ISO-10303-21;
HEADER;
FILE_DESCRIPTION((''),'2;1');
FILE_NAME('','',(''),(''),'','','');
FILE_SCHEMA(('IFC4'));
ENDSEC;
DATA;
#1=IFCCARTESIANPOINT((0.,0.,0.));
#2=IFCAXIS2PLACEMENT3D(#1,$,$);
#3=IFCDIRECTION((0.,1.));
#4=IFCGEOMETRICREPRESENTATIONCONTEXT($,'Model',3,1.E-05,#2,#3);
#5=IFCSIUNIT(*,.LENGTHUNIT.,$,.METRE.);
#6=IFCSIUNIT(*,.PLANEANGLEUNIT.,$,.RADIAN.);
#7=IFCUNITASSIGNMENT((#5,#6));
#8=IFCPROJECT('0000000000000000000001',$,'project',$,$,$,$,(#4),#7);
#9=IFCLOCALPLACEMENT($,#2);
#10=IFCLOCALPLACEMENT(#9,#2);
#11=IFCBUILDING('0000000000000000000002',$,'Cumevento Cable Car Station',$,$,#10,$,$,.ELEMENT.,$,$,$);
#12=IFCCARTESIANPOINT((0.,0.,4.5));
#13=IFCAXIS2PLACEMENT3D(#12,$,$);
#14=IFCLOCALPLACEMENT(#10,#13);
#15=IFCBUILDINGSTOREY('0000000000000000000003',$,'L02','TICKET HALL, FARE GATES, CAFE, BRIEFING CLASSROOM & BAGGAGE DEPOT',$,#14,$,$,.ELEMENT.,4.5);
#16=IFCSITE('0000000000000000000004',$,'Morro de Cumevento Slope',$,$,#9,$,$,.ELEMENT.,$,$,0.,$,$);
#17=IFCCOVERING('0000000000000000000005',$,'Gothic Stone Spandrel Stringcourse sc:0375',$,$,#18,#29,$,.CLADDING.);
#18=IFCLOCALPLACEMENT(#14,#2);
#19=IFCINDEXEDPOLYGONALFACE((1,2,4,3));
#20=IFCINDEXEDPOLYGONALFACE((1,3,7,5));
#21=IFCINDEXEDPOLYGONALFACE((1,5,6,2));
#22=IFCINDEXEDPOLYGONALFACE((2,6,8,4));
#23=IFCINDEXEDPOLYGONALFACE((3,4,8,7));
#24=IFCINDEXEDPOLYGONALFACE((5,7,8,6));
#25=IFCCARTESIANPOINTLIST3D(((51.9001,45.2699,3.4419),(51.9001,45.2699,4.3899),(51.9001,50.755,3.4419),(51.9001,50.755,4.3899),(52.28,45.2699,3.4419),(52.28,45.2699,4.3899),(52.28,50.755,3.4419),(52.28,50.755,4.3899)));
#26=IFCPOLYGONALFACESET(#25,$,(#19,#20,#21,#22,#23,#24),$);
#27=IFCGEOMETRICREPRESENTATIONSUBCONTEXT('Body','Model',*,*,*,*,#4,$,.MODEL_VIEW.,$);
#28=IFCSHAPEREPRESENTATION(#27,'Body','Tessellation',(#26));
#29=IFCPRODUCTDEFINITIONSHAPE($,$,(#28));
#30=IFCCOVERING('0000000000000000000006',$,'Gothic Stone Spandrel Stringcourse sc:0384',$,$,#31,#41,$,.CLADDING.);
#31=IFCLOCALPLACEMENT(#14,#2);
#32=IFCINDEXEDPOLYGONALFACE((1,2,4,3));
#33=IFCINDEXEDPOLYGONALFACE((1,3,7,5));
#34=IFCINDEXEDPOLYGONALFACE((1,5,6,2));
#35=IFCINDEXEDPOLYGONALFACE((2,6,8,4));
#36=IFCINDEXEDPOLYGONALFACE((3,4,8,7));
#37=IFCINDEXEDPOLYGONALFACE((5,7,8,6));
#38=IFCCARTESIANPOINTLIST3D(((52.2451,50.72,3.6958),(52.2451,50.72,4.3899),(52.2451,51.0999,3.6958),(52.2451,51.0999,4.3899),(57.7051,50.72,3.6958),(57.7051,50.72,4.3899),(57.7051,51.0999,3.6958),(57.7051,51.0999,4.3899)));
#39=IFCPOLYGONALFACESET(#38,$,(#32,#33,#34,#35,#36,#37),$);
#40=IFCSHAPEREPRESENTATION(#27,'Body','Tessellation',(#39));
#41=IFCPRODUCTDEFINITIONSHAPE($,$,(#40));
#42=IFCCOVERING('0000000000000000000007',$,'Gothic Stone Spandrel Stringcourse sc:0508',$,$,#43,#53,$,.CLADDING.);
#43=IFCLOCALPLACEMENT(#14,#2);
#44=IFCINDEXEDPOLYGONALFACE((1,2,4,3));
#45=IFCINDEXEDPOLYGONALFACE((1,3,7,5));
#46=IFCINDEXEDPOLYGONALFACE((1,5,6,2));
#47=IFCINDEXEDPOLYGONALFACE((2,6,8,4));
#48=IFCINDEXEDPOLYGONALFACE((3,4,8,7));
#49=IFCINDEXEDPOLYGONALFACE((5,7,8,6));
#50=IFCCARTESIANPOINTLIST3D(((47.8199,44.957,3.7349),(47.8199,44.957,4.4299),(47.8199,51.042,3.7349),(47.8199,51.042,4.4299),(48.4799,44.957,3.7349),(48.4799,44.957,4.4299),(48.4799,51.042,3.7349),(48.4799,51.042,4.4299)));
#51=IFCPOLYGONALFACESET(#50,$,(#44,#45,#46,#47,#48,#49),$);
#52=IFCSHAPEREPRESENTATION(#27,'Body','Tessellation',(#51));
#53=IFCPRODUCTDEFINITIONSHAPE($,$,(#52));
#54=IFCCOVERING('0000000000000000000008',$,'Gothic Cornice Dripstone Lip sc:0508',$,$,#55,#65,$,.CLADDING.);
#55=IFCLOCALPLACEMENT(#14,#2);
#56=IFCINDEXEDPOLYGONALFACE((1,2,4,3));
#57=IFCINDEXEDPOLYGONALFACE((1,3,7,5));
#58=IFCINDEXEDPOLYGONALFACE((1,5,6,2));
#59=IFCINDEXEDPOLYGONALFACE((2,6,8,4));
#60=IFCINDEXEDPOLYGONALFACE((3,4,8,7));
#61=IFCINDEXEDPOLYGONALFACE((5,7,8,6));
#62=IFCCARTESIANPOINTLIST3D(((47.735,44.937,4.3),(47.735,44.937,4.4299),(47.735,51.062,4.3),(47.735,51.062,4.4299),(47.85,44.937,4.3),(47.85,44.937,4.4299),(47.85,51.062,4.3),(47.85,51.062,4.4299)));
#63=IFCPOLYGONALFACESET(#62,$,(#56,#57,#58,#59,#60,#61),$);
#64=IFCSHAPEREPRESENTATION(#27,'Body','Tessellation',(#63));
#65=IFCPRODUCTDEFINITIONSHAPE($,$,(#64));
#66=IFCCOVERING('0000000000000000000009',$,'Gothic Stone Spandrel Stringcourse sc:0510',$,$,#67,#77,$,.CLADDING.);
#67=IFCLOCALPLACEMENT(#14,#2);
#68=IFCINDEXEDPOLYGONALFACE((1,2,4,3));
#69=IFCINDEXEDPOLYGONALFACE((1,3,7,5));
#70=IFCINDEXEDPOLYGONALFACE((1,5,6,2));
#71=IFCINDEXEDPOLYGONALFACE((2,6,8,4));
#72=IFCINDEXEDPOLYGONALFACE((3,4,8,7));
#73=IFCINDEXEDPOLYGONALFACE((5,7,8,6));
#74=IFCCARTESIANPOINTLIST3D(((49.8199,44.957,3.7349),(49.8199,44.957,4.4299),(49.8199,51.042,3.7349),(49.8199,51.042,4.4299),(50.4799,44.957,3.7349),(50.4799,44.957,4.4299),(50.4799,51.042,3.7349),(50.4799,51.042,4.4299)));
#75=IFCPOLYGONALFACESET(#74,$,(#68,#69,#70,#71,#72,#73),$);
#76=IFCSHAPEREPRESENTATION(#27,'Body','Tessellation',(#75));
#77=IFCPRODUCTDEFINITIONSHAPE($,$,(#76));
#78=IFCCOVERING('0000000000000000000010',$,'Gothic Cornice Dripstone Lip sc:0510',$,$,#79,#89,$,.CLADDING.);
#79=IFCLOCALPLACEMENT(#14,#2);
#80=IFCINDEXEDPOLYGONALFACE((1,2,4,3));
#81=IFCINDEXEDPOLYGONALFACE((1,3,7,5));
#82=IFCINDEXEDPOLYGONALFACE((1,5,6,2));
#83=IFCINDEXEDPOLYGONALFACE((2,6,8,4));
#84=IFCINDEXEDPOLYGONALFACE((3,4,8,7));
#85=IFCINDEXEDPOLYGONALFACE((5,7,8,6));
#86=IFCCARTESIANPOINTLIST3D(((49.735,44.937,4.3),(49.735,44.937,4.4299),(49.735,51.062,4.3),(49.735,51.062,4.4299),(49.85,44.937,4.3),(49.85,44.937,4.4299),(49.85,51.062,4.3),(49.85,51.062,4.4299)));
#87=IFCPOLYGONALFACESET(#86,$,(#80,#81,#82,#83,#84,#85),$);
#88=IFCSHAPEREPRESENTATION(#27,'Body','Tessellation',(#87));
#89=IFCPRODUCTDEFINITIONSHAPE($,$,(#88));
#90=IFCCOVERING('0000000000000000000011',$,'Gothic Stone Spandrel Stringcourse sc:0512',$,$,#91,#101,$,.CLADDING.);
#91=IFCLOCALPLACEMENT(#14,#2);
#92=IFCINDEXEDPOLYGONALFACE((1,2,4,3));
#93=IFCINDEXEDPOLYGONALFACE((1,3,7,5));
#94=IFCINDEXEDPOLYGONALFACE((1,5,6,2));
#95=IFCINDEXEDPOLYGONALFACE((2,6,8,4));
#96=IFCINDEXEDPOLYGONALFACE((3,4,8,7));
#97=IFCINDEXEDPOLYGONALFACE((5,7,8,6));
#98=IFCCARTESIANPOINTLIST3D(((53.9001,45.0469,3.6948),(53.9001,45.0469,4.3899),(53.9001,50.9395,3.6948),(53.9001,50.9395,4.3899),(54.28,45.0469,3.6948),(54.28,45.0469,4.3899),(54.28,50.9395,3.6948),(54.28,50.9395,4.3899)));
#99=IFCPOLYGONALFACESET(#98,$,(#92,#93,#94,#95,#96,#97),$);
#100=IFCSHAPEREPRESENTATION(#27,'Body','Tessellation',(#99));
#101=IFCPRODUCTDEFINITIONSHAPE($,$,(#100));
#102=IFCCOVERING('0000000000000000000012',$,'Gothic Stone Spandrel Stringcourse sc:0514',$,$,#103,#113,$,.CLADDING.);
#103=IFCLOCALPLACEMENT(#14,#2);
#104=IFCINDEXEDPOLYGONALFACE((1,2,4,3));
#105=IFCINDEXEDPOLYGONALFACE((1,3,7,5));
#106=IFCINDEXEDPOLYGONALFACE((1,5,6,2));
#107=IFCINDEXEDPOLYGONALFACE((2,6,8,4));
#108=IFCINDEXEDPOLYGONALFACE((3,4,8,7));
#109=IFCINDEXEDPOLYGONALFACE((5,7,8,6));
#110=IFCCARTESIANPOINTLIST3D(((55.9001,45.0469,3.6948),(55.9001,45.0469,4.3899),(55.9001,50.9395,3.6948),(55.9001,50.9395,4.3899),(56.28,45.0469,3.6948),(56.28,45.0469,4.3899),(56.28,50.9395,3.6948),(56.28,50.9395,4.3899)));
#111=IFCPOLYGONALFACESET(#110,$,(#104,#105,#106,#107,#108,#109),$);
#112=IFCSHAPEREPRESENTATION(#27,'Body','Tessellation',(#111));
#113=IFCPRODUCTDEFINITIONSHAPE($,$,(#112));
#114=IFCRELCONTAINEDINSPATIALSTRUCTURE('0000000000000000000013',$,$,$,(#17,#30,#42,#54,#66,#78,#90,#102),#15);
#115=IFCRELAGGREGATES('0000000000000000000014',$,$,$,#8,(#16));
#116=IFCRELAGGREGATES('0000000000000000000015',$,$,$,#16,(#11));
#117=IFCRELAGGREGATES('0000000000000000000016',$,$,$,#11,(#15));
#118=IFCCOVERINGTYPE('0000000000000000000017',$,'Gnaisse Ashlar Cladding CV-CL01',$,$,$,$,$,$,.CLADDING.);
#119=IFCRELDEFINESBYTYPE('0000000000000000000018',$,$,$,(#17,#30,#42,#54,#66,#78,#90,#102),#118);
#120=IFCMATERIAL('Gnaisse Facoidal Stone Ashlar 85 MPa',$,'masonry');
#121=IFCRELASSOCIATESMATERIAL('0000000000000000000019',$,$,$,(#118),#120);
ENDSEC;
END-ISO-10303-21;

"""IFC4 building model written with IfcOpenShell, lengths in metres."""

from ifc_helpers import new_model, si_unit, direction, frame, origin, origin_2d, place, context, subcontext, project, spatial, rectangle, extrude, material, type_object, element, save


model = new_model("IFC4")

# Units and contexts
model_context = context("Model", 3, precision=1e-05, world=origin(), true_north=direction((0.0, 1.0)))
body_context = subcontext(model_context, "Body", "Model", "MODEL_VIEW")
ifc_project = project(units=[si_unit("LENGTHUNIT", "METRE"), si_unit("PLANEANGLEUNIT", "RADIAN")], contexts=[model_context])

# Site, building, storey
site_placement = place(None, origin())
site = spatial("IfcSite", under=ifc_project, at=site_placement, Name="Morro de Cumevento Slope", CompositionType="ELEMENT", RefElevation=0.0)
building_placement = place(site_placement, origin())
building = spatial("IfcBuilding", under=site, at=building_placement, Name="Cumevento Cable Car Station", CompositionType="ELEMENT")
storey_placement = place(building_placement, frame((0.0, 0.0, 4.5)))
storey = spatial("IfcBuildingStorey", under=building, at=storey_placement, Name="L02", Description="TICKET HALL, FARE GATES, CAFE, BRIEFING CLASSROOM & BAGGAGE DEPOT", CompositionType="ELEMENT", Elevation=4.5)

# Coverings
ifc_material_1 = material(Name="Gnaisse Facoidal Stone Ashlar 85 MPa", Category="masonry")
covering_type = type_object("IfcCoveringType", Name="Gnaisse Ashlar Cladding CV-CL01", PredefinedType="CLADDING", material=ifc_material_1)
covering_1_placement = place(storey_placement, frame((52.0901, 48.0125, 3.4419), z_axis=(0.0, 0.0, 1.0), x_axis=(0.0, 1.0, 0.0)))
element("IfcCovering", 1, at=covering_1_placement, inside=storey, type_object=covering_type, Name="Gothic Stone Spandrel Stringcourse sc:0375", PredefinedType="CLADDING", context=body_context, shape_type="SweptSolid", body=[
    extrude(rectangle(XDim=5.4851, YDim=0.3799, at=origin_2d()), origin(), (0.0, 0.0, 1.0), 0.948),
])
covering_2_placement = place(storey_placement, frame((54.9751, 50.9099, 3.6958), z_axis=(0.0, 0.0, 1.0), x_axis=(1.0, 0.0, 0.0)))
element("IfcCovering", 2, at=covering_2_placement, inside=storey, type_object=covering_type, Name="Gothic Stone Spandrel Stringcourse sc:0384", PredefinedType="CLADDING", context=body_context, shape_type="SweptSolid", body=[
    extrude(rectangle(XDim=5.46, YDim=0.3799, at=origin_2d()), origin(), (0.0, 0.0, 1.0), 0.6941),
])
covering_3_placement = place(storey_placement, frame((48.1499, 47.9995, 3.7349), z_axis=(0.0, 0.0, 1.0), x_axis=(0.0, 1.0, 0.0)))
element("IfcCovering", 3, at=covering_3_placement, inside=storey, type_object=covering_type, Name="Gothic Stone Spandrel Stringcourse sc:0508", PredefinedType="CLADDING", context=body_context, shape_type="SweptSolid", body=[
    extrude(rectangle(XDim=6.085, YDim=0.6599, at=origin_2d()), origin(), (0.0, 0.0, 1.0), 0.6951),
])
covering_4_placement = place(storey_placement, frame((47.7925, 47.9995, 4.3), z_axis=(0.0, 0.0, 1.0), x_axis=(0.0, 1.0, 0.0)))
element("IfcCovering", 4, at=covering_4_placement, inside=storey, type_object=covering_type, Name="Gothic Cornice Dripstone Lip sc:0508", PredefinedType="CLADDING", context=body_context, shape_type="SweptSolid", body=[
    extrude(rectangle(XDim=6.125, YDim=0.115, at=origin_2d()), origin(), (0.0, 0.0, 1.0), 0.1299),
])
covering_5_placement = place(storey_placement, frame((50.1499, 47.9995, 3.7349), z_axis=(0.0, 0.0, 1.0), x_axis=(0.0, 1.0, 0.0)))
element("IfcCovering", 5, at=covering_5_placement, inside=storey, type_object=covering_type, Name="Gothic Stone Spandrel Stringcourse sc:0510", PredefinedType="CLADDING", context=body_context, shape_type="SweptSolid", body=[
    extrude(rectangle(XDim=6.085, YDim=0.6599, at=origin_2d()), origin(), (0.0, 0.0, 1.0), 0.6951),
])
covering_6_placement = place(storey_placement, frame((49.7925, 47.9995, 4.3), z_axis=(0.0, 0.0, 1.0), x_axis=(0.0, 1.0, 0.0)))
element("IfcCovering", 6, at=covering_6_placement, inside=storey, type_object=covering_type, Name="Gothic Cornice Dripstone Lip sc:0510", PredefinedType="CLADDING", context=body_context, shape_type="SweptSolid", body=[
    extrude(rectangle(XDim=6.125, YDim=0.115, at=origin_2d()), origin(), (0.0, 0.0, 1.0), 0.1299),
])
for number, where, z_axis, x_axis, name in (
    (7, (54.0901, 47.9932, 3.6948), (0.0, 0.0, 1.0), (0.0, 1.0, 0.0), "Gothic Stone Spandrel Stringcourse sc:0512"),
    (8, (56.0901, 47.9932, 3.6948), (0.0, 0.0, 1.0), (0.0, 1.0, 0.0), "Gothic Stone Spandrel Stringcourse sc:0514"),
):
    element("IfcCovering", number, at=place(storey_placement, frame(where, z_axis=z_axis, x_axis=x_axis)), inside=storey, type_object=covering_type, Name=name, PredefinedType="CLADDING", context=body_context, shape_type="SweptSolid", body=[
        extrude(rectangle(XDim=5.8926, YDim=0.3799, at=origin_2d()), origin(), (0.0, 0.0, 1.0), 0.6951),
    ])

save(model, "model.ifc")
